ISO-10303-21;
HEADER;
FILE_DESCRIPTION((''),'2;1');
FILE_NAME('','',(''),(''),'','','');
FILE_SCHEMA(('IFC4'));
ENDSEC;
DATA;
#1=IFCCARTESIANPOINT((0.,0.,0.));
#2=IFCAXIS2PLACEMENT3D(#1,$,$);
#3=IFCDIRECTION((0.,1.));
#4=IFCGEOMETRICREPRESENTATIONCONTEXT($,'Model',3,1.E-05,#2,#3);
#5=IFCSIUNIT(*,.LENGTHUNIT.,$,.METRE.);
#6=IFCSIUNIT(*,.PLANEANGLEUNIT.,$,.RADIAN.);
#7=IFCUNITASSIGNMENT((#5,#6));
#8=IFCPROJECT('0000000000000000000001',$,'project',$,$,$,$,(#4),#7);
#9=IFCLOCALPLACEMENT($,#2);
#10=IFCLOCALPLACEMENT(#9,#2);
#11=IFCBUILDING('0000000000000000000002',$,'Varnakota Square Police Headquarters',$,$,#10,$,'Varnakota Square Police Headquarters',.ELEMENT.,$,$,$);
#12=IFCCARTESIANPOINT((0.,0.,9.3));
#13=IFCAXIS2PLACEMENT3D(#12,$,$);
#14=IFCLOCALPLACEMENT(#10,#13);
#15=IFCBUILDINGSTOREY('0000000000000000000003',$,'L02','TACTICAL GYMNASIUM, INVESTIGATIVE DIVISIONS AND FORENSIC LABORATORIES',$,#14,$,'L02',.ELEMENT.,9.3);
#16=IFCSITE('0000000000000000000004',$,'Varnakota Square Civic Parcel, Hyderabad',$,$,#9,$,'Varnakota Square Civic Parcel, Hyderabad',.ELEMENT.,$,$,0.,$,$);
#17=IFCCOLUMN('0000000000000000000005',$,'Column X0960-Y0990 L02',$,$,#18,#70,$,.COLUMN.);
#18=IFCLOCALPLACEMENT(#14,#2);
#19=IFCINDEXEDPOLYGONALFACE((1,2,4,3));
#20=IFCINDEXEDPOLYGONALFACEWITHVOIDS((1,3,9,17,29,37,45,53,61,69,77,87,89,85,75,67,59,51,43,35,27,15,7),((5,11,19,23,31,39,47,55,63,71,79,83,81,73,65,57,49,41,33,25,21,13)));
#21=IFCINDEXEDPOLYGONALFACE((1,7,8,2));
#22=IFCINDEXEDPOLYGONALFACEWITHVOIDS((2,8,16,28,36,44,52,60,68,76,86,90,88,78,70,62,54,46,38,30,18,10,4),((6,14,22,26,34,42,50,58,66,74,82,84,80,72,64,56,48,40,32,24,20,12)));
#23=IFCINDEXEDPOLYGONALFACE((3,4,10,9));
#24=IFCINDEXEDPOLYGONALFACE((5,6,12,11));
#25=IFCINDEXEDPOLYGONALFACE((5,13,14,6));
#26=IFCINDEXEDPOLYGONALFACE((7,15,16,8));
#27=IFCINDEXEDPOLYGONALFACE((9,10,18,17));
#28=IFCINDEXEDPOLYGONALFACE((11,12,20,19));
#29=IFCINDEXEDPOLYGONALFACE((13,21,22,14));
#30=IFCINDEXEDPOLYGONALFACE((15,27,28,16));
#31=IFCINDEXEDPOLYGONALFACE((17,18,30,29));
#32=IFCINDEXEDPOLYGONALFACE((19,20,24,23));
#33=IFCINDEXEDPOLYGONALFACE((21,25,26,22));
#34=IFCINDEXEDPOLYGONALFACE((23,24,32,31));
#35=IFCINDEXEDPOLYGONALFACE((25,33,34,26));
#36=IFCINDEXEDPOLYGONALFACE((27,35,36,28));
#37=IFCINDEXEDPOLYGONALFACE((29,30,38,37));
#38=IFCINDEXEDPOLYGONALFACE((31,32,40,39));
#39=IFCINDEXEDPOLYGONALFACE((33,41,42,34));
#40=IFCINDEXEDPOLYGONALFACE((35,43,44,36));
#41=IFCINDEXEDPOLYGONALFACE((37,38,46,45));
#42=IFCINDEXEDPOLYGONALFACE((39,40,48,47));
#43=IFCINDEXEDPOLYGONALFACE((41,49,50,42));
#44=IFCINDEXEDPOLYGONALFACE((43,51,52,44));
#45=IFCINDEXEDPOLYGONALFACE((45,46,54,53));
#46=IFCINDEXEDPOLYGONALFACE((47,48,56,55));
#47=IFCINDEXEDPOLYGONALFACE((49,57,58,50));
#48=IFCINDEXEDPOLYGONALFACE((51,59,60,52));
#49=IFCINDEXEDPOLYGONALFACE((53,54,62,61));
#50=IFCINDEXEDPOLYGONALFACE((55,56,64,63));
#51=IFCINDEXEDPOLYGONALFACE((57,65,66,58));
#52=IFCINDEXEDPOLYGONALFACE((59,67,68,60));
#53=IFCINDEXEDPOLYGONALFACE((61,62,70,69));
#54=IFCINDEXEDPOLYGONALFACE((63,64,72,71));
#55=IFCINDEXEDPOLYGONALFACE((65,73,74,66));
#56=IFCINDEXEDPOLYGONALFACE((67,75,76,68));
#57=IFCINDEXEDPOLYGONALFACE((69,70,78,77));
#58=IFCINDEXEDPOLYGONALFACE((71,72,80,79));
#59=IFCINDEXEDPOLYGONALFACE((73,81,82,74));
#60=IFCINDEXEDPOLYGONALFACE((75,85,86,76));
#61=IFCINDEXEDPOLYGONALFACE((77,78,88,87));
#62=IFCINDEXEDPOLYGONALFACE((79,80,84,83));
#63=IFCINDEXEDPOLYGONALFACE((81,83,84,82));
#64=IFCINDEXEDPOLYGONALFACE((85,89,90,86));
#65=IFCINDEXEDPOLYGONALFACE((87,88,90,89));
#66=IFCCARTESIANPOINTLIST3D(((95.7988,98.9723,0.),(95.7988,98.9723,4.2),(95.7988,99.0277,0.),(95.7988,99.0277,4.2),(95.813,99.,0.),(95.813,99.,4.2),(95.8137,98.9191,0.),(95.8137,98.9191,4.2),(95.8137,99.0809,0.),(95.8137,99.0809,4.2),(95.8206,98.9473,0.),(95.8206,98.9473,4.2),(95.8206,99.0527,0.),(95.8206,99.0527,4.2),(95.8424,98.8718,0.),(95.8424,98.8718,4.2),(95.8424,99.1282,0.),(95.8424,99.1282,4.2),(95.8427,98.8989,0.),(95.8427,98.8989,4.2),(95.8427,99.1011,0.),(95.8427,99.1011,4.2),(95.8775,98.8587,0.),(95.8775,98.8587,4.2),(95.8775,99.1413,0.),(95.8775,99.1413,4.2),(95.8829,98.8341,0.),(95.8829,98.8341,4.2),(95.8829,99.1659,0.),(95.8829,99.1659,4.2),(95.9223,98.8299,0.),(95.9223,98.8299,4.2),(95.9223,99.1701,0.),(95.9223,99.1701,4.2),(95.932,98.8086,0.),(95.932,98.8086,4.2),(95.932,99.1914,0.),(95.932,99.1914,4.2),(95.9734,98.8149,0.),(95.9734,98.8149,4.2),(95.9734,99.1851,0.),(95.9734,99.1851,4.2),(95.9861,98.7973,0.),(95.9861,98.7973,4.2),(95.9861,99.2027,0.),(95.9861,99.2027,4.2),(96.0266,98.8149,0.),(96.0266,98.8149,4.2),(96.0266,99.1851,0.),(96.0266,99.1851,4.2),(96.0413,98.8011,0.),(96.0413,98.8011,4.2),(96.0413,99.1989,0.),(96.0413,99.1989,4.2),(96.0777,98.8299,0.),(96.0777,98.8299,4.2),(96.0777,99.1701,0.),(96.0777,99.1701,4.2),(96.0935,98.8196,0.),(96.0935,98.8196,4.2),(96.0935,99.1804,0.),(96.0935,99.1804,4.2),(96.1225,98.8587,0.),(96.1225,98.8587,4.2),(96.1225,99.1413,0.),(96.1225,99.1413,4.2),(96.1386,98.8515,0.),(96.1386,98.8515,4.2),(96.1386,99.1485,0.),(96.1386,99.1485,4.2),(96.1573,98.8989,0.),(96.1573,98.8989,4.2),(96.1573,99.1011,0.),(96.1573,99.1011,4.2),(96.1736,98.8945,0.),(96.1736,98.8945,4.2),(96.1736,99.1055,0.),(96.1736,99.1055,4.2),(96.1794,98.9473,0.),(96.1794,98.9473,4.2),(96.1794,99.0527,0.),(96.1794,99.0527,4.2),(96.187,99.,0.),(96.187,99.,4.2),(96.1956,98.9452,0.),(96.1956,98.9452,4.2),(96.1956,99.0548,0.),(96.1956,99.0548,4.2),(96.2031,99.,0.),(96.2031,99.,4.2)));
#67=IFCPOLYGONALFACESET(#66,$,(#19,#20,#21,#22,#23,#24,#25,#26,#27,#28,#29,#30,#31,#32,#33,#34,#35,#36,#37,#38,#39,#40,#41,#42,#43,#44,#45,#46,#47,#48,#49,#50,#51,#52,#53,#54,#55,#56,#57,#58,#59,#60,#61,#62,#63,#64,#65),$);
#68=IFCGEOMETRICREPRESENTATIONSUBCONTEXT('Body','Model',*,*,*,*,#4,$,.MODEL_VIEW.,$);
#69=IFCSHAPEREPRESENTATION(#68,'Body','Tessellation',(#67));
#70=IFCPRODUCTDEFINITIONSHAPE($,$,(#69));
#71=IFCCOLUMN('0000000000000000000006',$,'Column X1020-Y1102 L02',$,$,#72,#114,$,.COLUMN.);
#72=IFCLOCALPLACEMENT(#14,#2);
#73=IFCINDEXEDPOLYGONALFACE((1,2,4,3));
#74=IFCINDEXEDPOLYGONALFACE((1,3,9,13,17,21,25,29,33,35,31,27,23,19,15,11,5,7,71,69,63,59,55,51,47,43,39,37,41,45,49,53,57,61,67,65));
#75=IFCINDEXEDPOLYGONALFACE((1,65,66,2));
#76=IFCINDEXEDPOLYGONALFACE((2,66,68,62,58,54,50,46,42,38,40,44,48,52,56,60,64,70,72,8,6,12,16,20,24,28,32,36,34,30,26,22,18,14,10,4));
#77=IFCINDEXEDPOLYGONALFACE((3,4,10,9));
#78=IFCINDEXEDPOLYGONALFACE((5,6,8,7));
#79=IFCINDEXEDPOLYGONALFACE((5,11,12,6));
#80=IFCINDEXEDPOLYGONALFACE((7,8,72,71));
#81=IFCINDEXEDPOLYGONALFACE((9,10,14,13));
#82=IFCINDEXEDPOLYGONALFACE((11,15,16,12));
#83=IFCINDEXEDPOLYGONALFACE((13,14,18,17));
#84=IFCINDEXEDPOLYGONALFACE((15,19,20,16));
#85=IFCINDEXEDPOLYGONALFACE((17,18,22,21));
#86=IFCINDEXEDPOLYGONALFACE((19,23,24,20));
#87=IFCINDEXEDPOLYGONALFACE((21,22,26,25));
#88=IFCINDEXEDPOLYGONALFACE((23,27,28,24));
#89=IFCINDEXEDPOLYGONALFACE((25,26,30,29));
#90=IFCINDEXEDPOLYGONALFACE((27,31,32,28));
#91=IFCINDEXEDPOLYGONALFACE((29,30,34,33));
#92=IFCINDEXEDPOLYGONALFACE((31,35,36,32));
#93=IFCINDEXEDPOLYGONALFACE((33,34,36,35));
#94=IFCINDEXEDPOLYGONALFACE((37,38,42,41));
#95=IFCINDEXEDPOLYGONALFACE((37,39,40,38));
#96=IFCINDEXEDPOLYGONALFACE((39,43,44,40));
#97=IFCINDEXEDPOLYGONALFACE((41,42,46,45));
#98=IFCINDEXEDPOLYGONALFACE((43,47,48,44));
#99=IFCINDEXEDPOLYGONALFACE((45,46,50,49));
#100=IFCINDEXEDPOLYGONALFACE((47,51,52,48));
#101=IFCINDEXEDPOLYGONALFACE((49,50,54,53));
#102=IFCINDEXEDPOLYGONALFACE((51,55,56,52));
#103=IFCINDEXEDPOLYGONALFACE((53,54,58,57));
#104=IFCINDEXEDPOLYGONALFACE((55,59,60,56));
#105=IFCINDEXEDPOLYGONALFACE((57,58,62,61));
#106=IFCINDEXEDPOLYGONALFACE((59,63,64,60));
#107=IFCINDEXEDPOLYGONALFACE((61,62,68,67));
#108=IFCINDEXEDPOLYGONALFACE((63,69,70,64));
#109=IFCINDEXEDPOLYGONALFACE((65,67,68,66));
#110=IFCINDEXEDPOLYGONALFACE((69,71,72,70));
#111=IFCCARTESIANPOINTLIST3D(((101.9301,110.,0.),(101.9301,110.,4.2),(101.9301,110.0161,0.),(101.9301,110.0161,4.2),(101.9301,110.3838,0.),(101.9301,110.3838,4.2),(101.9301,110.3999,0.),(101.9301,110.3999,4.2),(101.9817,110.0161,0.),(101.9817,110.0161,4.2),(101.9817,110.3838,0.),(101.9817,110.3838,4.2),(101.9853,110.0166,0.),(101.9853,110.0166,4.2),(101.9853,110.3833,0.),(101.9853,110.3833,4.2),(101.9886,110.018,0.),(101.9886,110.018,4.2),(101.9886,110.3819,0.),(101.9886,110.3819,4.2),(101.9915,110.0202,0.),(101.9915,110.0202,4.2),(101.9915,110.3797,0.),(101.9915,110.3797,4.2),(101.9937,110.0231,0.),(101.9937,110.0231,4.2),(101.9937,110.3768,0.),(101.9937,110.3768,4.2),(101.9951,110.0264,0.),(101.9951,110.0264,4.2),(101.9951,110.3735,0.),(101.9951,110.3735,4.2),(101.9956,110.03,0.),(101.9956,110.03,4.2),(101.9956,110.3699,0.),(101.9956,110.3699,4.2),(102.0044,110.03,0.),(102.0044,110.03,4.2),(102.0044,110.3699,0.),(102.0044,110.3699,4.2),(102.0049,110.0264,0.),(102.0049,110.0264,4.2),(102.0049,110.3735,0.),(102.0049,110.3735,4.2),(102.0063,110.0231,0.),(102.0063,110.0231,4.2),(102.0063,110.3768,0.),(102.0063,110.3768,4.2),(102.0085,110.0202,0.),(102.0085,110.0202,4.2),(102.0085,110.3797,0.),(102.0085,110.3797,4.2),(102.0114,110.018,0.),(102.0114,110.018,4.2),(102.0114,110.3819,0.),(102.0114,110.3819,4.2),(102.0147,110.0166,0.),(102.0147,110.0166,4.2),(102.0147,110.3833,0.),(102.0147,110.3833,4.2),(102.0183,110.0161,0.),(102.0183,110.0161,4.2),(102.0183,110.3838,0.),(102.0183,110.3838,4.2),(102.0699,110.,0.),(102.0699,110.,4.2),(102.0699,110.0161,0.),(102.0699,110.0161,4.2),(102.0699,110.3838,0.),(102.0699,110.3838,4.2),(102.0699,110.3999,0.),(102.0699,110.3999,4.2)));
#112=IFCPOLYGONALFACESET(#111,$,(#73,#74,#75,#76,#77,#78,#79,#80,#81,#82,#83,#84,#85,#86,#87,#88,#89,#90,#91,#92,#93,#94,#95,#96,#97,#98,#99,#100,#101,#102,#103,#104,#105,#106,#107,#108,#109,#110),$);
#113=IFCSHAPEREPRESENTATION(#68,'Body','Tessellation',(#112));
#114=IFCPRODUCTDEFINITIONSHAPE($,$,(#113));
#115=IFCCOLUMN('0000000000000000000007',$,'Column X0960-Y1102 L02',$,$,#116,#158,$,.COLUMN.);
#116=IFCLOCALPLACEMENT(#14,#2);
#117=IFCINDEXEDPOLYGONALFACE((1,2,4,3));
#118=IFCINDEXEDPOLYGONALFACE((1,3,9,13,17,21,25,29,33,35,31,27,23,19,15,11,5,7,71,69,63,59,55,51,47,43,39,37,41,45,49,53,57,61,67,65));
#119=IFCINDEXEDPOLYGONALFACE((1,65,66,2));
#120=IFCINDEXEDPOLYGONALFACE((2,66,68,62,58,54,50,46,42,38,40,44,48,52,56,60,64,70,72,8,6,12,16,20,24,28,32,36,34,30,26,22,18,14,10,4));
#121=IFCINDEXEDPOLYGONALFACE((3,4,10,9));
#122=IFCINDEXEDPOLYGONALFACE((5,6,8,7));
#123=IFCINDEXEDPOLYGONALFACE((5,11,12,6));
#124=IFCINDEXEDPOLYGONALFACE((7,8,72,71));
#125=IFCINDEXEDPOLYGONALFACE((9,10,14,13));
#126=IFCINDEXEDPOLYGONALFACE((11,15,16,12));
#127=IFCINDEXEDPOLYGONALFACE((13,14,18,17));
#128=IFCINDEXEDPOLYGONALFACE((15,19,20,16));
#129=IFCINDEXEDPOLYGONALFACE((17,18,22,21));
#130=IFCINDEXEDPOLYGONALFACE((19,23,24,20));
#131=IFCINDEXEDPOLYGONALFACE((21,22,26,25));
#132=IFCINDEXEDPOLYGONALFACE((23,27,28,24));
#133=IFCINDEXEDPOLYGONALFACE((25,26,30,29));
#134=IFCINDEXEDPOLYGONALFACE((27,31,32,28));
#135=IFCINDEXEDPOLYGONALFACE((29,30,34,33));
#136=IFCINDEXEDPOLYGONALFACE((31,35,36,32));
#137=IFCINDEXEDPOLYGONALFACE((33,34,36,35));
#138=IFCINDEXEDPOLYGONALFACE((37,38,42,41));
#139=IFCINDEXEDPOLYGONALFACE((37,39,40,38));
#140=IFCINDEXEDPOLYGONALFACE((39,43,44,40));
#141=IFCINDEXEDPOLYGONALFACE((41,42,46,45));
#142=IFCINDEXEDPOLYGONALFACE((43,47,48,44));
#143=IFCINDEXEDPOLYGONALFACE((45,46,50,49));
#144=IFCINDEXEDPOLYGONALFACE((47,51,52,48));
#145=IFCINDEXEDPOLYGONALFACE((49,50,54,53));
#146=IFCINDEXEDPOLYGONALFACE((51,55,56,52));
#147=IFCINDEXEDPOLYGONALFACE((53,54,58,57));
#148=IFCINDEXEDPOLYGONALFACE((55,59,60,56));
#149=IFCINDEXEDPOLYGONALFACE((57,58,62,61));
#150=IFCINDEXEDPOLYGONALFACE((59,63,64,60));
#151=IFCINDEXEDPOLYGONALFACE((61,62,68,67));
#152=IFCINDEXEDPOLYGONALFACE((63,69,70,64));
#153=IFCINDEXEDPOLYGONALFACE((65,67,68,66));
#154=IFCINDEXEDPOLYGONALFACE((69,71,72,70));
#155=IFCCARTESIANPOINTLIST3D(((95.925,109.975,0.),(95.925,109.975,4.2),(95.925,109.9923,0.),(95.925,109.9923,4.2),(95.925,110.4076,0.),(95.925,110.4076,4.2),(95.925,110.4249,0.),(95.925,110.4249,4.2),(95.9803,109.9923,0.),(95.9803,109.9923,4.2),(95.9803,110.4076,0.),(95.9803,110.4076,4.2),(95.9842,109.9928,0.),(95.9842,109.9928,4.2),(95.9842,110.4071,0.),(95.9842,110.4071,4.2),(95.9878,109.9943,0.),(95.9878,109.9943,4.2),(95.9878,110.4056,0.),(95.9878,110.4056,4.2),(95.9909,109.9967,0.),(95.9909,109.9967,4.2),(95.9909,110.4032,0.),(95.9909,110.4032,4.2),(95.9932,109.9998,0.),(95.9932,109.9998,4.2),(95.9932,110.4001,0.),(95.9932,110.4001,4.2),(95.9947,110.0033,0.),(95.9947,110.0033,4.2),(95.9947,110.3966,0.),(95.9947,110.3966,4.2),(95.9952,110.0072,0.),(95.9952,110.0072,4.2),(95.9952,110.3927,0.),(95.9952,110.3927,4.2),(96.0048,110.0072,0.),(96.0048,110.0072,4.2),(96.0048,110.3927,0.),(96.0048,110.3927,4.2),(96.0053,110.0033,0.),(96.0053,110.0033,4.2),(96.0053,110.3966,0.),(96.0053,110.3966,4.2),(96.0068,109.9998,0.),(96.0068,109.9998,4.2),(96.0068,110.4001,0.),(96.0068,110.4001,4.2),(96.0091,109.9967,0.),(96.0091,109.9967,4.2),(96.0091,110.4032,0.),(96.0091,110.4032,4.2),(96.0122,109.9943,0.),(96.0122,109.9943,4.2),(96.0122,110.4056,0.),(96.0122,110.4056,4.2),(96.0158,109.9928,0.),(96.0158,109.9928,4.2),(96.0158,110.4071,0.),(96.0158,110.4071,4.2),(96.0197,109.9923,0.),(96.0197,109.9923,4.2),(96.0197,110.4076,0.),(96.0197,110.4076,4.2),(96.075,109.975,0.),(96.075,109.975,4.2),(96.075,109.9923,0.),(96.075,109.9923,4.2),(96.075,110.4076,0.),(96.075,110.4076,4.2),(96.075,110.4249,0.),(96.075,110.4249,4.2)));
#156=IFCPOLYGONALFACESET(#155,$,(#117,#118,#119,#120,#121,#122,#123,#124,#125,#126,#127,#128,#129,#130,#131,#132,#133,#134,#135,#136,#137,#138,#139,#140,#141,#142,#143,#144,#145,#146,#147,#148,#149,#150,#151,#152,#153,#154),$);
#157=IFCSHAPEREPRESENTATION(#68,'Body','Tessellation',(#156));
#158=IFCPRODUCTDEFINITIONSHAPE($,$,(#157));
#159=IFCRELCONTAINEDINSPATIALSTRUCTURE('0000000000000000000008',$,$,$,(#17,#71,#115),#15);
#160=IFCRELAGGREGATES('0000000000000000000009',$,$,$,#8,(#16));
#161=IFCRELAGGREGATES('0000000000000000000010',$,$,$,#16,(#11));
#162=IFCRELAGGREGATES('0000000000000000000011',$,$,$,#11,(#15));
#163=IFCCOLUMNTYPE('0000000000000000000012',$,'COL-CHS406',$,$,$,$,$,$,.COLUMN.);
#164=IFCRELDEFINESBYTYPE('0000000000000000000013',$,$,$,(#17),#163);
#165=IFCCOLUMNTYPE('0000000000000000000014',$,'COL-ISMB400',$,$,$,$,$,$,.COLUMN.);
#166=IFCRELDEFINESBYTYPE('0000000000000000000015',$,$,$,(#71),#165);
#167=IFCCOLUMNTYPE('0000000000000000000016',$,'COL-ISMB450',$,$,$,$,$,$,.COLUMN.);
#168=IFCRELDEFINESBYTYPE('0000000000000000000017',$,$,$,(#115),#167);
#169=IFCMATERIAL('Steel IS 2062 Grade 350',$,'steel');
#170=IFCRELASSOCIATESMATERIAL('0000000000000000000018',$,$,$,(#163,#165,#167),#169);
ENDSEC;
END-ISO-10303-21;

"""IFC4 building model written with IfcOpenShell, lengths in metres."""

from ifc_helpers import new_model, si_unit, direction, frame, origin, origin_2d, place, context, subcontext, project, spatial, hollow_circle, i_section, extrude, material, material_profile, profile_set, type_object, element, save


model = new_model("IFC4")

# Units and contexts
model_context = context("Model", 3, precision=1e-05, world=origin(), true_north=direction((0.0, 1.0)))
body_context = subcontext(model_context, "Body", "Model", "MODEL_VIEW")
ifc_project = project(units=[si_unit("LENGTHUNIT", "METRE"), si_unit("PLANEANGLEUNIT", "RADIAN")], contexts=[model_context])

# Site, building, storey
site_placement = place(None, origin())
site = spatial("IfcSite", under=ifc_project, at=site_placement, Name="Varnakota Square Civic Parcel, Hyderabad", LongName="Varnakota Square Civic Parcel, Hyderabad", CompositionType="ELEMENT", RefElevation=0.0)
building_placement = place(site_placement, origin())
building = spatial("IfcBuilding", under=site, at=building_placement, Name="Varnakota Square Police Headquarters", LongName="Varnakota Square Police Headquarters", CompositionType="ELEMENT")
storey_placement = place(building_placement, frame((0.0, 0.0, 9.3)))
storey = spatial("IfcBuildingStorey", under=building, at=storey_placement, Name="L02", Description="TACTICAL GYMNASIUM, INVESTIGATIVE DIVISIONS AND FORENSIC LABORATORIES", LongName="L02", CompositionType="ELEMENT", Elevation=9.3)

# Columns
ifc_material_1 = material(Name="Steel IS 2062 Grade 350", Category="steel")
ifc_material_profile_1 = material_profile(ifc_material_1, hollow_circle(Radius=0.2031, WallThickness=0.0161, at=origin_2d()), Name="CHS 406.4x16.0")
ifc_profile_set_1 = profile_set([ifc_material_profile_1], Name="Steel IS 2062 Grade 350")
column_type_1 = type_object("IfcColumnType", Name="COL-CHS406", PredefinedType="COLUMN", material=ifc_profile_set_1)
column_1_placement = place(storey_placement, frame((96.0, 99.0, 0.0), z_axis=(0.0, 0.0, 1.0), x_axis=(1.0, 0.0, 0.0)))
element("IfcColumn", 1, at=column_1_placement, inside=storey, type_object=column_type_1, Name="Column X0960-Y0990 L02", PredefinedType="COLUMN", context=body_context, shape_type="SweptSolid", body=[
    extrude(hollow_circle(Radius=0.2031, WallThickness=0.0161, at=origin_2d()), origin(), (0.0, 0.0, 1.0), 4.2),
])
ifc_material_profile_2 = material_profile(ifc_material_1, i_section(OverallWidth=0.1399, OverallDepth=0.3999, WebThickness=0.0088, FlangeThickness=0.0161, FilletRadius=0.0139, at=origin_2d()), Name="ISMB 400")
ifc_profile_set_2 = profile_set([ifc_material_profile_2], Name="Steel IS 2062 Grade 350")
column_type_2 = type_object("IfcColumnType", Name="COL-ISMB400", PredefinedType="COLUMN", material=ifc_profile_set_2)
column_2_placement = place(storey_placement, frame((102.0, 110.2, 0.0), z_axis=(0.0, 0.0, 1.0), x_axis=(1.0, 0.0, 0.0)))
element("IfcColumn", 2, at=column_2_placement, inside=storey, type_object=column_type_2, Name="Column X1020-Y1102 L02", PredefinedType="COLUMN", context=body_context, shape_type="SweptSolid", body=[
    extrude(i_section(OverallWidth=0.1399, OverallDepth=0.3999, WebThickness=0.0088, FlangeThickness=0.0161, FilletRadius=0.0139, at=origin_2d()), origin(), (0.0, 0.0, 1.0), 4.2),
])
ifc_material_profile_3 = material_profile(ifc_material_1, i_section(OverallWidth=0.1499, OverallDepth=0.45, WebThickness=0.0095, FlangeThickness=0.0173, FilletRadius=0.0149, at=origin_2d()), Name="ISMB 450")
ifc_profile_set_3 = profile_set([ifc_material_profile_3], Name="Steel IS 2062 Grade 350")
column_type_3 = type_object("IfcColumnType", Name="COL-ISMB450", PredefinedType="COLUMN", material=ifc_profile_set_3)
column_3_placement = place(storey_placement, frame((96.0, 110.2, 0.0), z_axis=(0.0, 0.0, 1.0), x_axis=(1.0, 0.0, 0.0)))
element("IfcColumn", 3, at=column_3_placement, inside=storey, type_object=column_type_3, Name="Column X0960-Y1102 L02", PredefinedType="COLUMN", context=body_context, shape_type="SweptSolid", body=[
    extrude(i_section(OverallWidth=0.1499, OverallDepth=0.45, WebThickness=0.0095, FlangeThickness=0.0173, FilletRadius=0.0149, at=origin_2d()), origin(), (0.0, 0.0, 1.0), 4.2),
])

save(model, "model.ifc")
